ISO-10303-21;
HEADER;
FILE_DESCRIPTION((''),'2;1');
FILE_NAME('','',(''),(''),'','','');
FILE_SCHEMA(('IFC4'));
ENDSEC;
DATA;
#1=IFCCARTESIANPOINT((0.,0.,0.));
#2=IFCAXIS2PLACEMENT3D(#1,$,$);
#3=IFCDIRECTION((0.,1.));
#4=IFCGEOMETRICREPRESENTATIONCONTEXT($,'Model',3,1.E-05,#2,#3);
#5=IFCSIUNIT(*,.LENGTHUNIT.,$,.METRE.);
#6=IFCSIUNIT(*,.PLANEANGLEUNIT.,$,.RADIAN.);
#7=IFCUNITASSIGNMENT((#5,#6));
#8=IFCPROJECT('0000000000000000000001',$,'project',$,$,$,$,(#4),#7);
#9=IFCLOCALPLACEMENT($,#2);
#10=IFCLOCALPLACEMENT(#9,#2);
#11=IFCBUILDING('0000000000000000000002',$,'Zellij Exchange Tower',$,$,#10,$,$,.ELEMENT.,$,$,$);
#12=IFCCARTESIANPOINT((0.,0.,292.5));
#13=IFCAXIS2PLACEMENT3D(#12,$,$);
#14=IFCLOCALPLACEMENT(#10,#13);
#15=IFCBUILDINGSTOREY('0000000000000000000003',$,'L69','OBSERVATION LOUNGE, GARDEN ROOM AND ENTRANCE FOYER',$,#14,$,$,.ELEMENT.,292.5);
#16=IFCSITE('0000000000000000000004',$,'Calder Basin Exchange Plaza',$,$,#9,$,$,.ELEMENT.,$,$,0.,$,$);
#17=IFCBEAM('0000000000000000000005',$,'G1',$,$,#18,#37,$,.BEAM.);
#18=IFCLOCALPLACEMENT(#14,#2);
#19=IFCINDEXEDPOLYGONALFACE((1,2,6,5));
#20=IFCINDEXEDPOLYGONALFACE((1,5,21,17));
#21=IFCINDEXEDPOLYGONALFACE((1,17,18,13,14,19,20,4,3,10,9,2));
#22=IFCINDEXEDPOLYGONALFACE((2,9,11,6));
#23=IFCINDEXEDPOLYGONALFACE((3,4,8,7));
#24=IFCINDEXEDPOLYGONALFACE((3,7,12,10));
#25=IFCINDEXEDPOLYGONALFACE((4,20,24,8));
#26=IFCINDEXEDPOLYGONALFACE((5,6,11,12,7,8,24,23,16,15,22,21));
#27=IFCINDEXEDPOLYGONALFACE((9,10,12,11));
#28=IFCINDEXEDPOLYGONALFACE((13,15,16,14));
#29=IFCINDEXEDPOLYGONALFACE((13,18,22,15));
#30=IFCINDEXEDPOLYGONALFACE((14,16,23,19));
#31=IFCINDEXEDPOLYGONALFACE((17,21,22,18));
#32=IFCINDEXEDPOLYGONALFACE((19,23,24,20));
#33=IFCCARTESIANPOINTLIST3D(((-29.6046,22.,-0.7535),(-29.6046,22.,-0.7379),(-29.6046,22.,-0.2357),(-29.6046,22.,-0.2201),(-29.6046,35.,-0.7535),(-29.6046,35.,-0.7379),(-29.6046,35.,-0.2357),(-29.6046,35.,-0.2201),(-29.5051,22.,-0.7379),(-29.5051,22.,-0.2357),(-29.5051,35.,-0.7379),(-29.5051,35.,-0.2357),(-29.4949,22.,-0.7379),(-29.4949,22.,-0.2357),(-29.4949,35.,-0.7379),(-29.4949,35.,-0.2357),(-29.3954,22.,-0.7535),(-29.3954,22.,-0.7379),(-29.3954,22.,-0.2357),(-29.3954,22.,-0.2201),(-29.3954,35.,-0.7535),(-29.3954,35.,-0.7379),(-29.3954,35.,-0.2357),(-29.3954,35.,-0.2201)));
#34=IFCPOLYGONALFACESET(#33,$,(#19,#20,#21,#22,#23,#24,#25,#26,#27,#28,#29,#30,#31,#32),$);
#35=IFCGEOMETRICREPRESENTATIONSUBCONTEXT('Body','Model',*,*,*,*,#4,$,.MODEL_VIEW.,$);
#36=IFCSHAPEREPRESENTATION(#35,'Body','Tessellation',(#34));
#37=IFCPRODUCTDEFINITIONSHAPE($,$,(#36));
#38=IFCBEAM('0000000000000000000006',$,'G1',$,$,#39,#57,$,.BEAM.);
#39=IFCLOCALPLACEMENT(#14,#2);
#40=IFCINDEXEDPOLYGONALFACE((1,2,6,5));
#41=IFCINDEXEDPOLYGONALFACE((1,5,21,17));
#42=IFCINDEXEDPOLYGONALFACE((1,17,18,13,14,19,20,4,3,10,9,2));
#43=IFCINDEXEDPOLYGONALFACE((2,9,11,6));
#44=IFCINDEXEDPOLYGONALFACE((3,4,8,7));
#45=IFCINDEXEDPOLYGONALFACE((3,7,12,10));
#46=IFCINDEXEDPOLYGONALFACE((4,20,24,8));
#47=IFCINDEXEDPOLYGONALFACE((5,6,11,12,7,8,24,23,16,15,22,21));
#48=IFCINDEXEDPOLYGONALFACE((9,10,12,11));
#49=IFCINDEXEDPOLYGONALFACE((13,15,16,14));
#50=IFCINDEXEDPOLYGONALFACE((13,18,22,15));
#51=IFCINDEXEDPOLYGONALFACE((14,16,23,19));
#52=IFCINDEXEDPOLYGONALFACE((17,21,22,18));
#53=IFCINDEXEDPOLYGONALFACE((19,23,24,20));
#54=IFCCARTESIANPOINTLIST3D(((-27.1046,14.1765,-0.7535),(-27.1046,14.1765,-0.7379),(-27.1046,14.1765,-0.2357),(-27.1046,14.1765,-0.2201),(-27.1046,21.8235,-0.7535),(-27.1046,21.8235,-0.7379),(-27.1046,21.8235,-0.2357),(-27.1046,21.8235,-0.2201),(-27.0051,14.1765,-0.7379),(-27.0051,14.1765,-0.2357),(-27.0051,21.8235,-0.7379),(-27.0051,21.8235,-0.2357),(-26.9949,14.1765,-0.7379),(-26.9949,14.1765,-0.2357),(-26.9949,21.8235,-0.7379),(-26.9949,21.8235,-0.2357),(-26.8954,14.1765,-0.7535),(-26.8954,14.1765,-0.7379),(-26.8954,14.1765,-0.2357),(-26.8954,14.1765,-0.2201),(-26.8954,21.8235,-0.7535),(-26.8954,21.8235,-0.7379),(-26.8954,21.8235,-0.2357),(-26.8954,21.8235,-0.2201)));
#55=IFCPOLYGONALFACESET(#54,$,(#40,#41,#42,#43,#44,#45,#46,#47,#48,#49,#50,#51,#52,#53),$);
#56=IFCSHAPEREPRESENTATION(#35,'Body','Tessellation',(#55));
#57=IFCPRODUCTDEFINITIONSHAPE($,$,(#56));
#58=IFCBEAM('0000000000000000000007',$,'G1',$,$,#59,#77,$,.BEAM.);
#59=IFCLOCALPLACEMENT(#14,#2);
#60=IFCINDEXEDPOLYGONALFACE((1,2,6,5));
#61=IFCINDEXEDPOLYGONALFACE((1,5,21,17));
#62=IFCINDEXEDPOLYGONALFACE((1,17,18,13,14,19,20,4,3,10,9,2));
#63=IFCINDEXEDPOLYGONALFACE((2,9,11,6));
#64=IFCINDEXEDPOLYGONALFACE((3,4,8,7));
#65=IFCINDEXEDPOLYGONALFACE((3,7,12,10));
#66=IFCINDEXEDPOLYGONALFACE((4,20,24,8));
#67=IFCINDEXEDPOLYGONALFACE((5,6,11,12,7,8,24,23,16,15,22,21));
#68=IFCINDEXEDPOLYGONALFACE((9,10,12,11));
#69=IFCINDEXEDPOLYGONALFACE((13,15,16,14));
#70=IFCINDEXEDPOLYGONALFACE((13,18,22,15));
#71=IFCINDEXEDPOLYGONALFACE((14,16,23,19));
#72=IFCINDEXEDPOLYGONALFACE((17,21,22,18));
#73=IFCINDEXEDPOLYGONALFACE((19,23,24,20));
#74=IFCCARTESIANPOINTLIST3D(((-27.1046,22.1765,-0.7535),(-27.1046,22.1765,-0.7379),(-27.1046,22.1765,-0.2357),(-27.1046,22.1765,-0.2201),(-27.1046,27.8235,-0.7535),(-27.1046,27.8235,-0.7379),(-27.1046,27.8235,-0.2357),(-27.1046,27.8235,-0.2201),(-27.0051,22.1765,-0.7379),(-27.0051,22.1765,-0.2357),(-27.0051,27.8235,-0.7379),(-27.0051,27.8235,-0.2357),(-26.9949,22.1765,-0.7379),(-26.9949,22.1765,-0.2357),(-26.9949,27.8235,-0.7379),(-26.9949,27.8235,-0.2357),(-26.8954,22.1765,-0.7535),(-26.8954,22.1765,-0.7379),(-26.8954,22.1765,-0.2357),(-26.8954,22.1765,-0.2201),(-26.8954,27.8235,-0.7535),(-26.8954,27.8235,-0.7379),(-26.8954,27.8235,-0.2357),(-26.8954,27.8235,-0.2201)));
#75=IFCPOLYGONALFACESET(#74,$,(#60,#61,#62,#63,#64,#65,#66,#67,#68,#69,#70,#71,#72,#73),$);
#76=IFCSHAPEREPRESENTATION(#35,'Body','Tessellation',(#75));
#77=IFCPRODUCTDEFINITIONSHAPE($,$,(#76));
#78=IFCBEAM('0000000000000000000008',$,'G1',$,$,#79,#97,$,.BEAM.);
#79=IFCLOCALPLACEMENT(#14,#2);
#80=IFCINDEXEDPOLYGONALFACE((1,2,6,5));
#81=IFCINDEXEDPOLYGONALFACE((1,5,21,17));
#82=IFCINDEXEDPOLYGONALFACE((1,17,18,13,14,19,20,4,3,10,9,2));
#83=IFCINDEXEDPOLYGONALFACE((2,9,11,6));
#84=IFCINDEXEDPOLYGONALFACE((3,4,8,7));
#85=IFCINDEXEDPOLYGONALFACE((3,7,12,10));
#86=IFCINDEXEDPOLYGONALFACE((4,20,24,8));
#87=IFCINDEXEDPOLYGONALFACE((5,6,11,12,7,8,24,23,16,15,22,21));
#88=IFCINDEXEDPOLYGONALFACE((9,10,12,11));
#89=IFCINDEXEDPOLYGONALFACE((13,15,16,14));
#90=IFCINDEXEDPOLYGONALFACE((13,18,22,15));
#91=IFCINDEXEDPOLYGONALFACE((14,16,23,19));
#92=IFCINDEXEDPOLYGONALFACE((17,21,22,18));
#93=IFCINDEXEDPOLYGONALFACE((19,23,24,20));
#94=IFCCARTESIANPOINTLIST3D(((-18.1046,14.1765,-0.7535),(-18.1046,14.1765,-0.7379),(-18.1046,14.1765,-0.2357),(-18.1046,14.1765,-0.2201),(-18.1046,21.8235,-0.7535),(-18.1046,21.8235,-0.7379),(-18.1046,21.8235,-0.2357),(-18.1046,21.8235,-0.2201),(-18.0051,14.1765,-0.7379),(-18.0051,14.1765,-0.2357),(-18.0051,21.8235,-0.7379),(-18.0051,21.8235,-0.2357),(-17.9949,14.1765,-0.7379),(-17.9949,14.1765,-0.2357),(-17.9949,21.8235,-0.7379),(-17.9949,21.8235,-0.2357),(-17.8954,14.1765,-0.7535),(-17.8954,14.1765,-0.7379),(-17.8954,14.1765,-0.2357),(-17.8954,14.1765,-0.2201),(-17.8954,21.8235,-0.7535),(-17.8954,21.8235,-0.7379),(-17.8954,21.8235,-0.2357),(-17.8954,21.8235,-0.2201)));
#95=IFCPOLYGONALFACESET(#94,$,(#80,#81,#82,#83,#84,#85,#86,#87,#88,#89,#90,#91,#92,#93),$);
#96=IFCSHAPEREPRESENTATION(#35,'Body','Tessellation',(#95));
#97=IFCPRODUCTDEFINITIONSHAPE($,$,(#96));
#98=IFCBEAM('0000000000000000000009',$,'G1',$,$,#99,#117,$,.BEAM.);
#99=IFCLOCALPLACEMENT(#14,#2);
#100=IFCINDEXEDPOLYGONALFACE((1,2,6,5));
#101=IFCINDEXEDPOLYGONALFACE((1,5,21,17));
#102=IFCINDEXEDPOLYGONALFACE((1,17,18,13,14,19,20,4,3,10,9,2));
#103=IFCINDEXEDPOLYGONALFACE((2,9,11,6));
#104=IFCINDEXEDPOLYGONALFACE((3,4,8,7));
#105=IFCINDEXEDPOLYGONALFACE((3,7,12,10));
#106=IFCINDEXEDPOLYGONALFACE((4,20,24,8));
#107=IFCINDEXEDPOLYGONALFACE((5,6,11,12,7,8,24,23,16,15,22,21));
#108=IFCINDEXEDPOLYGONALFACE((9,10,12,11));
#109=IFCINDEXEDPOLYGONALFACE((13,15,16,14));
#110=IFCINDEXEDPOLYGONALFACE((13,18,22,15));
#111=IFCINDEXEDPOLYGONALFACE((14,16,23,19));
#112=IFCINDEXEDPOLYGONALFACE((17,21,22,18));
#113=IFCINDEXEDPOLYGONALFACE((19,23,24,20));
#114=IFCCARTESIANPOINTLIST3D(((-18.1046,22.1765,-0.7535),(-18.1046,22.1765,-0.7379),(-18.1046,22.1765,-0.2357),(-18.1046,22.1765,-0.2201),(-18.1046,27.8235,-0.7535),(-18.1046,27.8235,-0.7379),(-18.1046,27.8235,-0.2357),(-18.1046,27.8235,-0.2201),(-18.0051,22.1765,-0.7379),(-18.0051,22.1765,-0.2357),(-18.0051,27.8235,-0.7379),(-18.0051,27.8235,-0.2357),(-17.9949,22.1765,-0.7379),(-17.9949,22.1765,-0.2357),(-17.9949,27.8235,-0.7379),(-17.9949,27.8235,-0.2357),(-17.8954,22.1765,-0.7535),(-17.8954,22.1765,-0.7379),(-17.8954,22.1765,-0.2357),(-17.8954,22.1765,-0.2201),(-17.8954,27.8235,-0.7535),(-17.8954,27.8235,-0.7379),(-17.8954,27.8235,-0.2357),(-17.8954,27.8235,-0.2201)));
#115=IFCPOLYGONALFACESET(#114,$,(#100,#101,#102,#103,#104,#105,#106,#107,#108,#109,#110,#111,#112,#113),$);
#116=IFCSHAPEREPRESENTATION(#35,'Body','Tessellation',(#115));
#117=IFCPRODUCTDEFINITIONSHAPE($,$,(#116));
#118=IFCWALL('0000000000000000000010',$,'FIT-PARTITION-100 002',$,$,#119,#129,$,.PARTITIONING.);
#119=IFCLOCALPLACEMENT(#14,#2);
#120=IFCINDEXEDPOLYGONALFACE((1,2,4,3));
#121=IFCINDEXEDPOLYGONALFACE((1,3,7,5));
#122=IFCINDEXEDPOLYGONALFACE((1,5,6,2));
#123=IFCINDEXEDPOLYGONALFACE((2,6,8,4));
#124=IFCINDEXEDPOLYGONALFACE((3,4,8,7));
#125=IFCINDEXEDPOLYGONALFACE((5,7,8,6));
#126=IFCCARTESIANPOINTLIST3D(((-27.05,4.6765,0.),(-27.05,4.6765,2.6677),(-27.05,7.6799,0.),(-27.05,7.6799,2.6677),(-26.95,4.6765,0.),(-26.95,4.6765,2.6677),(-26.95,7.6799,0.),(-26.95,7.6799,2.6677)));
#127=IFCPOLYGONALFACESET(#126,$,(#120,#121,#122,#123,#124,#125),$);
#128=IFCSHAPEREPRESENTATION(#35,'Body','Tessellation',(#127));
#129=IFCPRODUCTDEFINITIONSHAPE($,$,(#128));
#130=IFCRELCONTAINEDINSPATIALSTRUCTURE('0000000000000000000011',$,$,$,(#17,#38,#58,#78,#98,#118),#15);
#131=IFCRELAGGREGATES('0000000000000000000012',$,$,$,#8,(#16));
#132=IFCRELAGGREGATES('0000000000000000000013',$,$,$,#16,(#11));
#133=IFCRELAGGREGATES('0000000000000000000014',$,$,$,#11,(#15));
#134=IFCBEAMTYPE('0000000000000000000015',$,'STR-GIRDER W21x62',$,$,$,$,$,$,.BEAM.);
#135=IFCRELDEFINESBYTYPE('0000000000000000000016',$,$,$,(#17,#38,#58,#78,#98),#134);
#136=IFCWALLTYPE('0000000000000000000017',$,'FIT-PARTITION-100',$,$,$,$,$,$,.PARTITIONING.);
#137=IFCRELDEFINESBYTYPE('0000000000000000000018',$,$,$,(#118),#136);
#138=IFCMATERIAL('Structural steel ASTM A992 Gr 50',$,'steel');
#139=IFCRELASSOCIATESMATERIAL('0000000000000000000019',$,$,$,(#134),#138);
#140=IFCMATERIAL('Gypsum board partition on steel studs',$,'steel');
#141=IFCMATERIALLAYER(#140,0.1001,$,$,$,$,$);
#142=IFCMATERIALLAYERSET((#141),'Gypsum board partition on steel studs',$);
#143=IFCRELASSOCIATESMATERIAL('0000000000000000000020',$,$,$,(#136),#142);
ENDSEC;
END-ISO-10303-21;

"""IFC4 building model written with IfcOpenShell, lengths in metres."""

from ifc_helpers import new_model, si_unit, direction, frame, frame_2d, origin, origin_2d, place, context, subcontext, project, spatial, rectangle, i_section, extrude, material, layer, layer_set, material_profile, profile_set, type_object, element, save


model = new_model("IFC4")

# Units and contexts
model_context = context("Model", 3, precision=1e-05, world=origin(), true_north=direction((0.0, 1.0)))
body_context = subcontext(model_context, "Body", "Model", "MODEL_VIEW")
ifc_project = project(units=[si_unit("LENGTHUNIT", "METRE"), si_unit("PLANEANGLEUNIT", "RADIAN")], contexts=[model_context])

# Site, building, storey
site_placement = place(None, origin())
site = spatial("IfcSite", under=ifc_project, at=site_placement, Name="Calder Basin Exchange Plaza", CompositionType="ELEMENT", RefElevation=0.0)
building_placement = place(site_placement, origin())
building = spatial("IfcBuilding", under=site, at=building_placement, Name="Zellij Exchange Tower", CompositionType="ELEMENT")
storey_placement = place(building_placement, frame((0.0, 0.0, 292.5)))
storey = spatial("IfcBuildingStorey", under=building, at=storey_placement, Name="L69", Description="OBSERVATION LOUNGE, GARDEN ROOM AND ENTRANCE FOYER", CompositionType="ELEMENT", Elevation=292.5)

# Shared definitions
ifc_material_1 = material(Name="Structural steel ASTM A992 Gr 50", Category="steel")

# Beams
ifc_material_profile_1 = material_profile(ifc_material_1, i_section(OverallWidth=0.2092, OverallDepth=0.5334, WebThickness=0.0103, FlangeThickness=0.0156, at=origin_2d()), Name="W21x62")
ifc_profile_set_1 = profile_set([ifc_material_profile_1], Name="Structural steel ASTM A992 Gr 50")
beam_type = type_object("IfcBeamType", Name="STR-GIRDER W21x62", PredefinedType="BEAM", material=ifc_profile_set_1)
beam_1_placement = place(storey_placement, frame((-29.5, 22.0, -0.4868), z_axis=(0.0, 1.0, 0.0), x_axis=(-1.0, 0.0, 0.0)))
element("IfcBeam", 1, at=beam_1_placement, inside=storey, type_object=beam_type, Name="G1", PredefinedType="BEAM", context=body_context, shape_type="SweptSolid", body=[
    extrude(i_section(OverallWidth=0.2092, OverallDepth=0.5334, WebThickness=0.0103, FlangeThickness=0.0156, at=origin_2d()), origin(), (0.0, 0.0, 1.0), 13.0),
])
beam_2_placement = place(storey_placement, frame((-27.0, 14.1765, -0.4868), z_axis=(0.0, 1.0, 0.0), x_axis=(-1.0, 0.0, 0.0)))
element("IfcBeam", 2, at=beam_2_placement, inside=storey, type_object=beam_type, Name="G1", PredefinedType="BEAM", context=body_context, shape_type="SweptSolid", body=[
    extrude(i_section(OverallWidth=0.2092, OverallDepth=0.5334, WebThickness=0.0103, FlangeThickness=0.0156, at=origin_2d()), origin(), (0.0, 0.0, 1.0), 7.647),
])
beam_3_placement = place(storey_placement, frame((-27.0, 22.1765, -0.4868), z_axis=(0.0, 1.0, 0.0), x_axis=(-1.0, 0.0, 0.0)))
element("IfcBeam", 3, at=beam_3_placement, inside=storey, type_object=beam_type, Name="G1", PredefinedType="BEAM", context=body_context, shape_type="SweptSolid", body=[
    extrude(i_section(OverallWidth=0.2092, OverallDepth=0.5334, WebThickness=0.0103, FlangeThickness=0.0156, at=origin_2d()), origin(), (0.0, 0.0, 1.0), 5.647),
])
beam_4_placement = place(storey_placement, frame((-18.0, 14.1765, -0.4868), z_axis=(0.0, 1.0, 0.0), x_axis=(-1.0, 0.0, 0.0)))
element("IfcBeam", 4, at=beam_4_placement, inside=storey, type_object=beam_type, Name="G1", PredefinedType="BEAM", context=body_context, shape_type="SweptSolid", body=[
    extrude(i_section(OverallWidth=0.2092, OverallDepth=0.5334, WebThickness=0.0103, FlangeThickness=0.0156, at=origin_2d()), origin(), (0.0, 0.0, 1.0), 7.647),
])
beam_5_placement = place(storey_placement, frame((-18.0, 22.1765, -0.4868), z_axis=(0.0, 1.0, 0.0), x_axis=(-1.0, 0.0, 0.0)))
element("IfcBeam", 5, at=beam_5_placement, inside=storey, type_object=beam_type, Name="G1", PredefinedType="BEAM", context=body_context, shape_type="SweptSolid", body=[
    extrude(i_section(OverallWidth=0.2092, OverallDepth=0.5334, WebThickness=0.0103, FlangeThickness=0.0156, at=origin_2d()), origin(), (0.0, 0.0, 1.0), 5.647),
])

# Wall
ifc_material_2 = material(Name="Gypsum board partition on steel studs", Category="steel")
ifc_layer = layer(ifc_material_2, 0.1001)
ifc_layer_set = layer_set([ifc_layer], Name="Gypsum board partition on steel studs")
wall_type = type_object("IfcWallType", Name="FIT-PARTITION-100", PredefinedType="PARTITIONING", material=ifc_layer_set)
wall_1_placement = place(storey_placement, frame((-27.0, 4.6765, 0.0), z_axis=(0.0, 0.0, 1.0), x_axis=(0.0, 1.0, 0.0)))
element("IfcWall", 6, at=wall_1_placement, inside=storey, type_object=wall_type, Name="FIT-PARTITION-100 002", PredefinedType="PARTITIONING", context=body_context, shape_type="SweptSolid", body=[
    extrude(rectangle(XDim=3.0034, YDim=0.1001, at=frame_2d((1.5017, 0.0))), origin(), (0.0, 0.0, 1.0), 2.6677),
])

save(model, "model.ifc")
